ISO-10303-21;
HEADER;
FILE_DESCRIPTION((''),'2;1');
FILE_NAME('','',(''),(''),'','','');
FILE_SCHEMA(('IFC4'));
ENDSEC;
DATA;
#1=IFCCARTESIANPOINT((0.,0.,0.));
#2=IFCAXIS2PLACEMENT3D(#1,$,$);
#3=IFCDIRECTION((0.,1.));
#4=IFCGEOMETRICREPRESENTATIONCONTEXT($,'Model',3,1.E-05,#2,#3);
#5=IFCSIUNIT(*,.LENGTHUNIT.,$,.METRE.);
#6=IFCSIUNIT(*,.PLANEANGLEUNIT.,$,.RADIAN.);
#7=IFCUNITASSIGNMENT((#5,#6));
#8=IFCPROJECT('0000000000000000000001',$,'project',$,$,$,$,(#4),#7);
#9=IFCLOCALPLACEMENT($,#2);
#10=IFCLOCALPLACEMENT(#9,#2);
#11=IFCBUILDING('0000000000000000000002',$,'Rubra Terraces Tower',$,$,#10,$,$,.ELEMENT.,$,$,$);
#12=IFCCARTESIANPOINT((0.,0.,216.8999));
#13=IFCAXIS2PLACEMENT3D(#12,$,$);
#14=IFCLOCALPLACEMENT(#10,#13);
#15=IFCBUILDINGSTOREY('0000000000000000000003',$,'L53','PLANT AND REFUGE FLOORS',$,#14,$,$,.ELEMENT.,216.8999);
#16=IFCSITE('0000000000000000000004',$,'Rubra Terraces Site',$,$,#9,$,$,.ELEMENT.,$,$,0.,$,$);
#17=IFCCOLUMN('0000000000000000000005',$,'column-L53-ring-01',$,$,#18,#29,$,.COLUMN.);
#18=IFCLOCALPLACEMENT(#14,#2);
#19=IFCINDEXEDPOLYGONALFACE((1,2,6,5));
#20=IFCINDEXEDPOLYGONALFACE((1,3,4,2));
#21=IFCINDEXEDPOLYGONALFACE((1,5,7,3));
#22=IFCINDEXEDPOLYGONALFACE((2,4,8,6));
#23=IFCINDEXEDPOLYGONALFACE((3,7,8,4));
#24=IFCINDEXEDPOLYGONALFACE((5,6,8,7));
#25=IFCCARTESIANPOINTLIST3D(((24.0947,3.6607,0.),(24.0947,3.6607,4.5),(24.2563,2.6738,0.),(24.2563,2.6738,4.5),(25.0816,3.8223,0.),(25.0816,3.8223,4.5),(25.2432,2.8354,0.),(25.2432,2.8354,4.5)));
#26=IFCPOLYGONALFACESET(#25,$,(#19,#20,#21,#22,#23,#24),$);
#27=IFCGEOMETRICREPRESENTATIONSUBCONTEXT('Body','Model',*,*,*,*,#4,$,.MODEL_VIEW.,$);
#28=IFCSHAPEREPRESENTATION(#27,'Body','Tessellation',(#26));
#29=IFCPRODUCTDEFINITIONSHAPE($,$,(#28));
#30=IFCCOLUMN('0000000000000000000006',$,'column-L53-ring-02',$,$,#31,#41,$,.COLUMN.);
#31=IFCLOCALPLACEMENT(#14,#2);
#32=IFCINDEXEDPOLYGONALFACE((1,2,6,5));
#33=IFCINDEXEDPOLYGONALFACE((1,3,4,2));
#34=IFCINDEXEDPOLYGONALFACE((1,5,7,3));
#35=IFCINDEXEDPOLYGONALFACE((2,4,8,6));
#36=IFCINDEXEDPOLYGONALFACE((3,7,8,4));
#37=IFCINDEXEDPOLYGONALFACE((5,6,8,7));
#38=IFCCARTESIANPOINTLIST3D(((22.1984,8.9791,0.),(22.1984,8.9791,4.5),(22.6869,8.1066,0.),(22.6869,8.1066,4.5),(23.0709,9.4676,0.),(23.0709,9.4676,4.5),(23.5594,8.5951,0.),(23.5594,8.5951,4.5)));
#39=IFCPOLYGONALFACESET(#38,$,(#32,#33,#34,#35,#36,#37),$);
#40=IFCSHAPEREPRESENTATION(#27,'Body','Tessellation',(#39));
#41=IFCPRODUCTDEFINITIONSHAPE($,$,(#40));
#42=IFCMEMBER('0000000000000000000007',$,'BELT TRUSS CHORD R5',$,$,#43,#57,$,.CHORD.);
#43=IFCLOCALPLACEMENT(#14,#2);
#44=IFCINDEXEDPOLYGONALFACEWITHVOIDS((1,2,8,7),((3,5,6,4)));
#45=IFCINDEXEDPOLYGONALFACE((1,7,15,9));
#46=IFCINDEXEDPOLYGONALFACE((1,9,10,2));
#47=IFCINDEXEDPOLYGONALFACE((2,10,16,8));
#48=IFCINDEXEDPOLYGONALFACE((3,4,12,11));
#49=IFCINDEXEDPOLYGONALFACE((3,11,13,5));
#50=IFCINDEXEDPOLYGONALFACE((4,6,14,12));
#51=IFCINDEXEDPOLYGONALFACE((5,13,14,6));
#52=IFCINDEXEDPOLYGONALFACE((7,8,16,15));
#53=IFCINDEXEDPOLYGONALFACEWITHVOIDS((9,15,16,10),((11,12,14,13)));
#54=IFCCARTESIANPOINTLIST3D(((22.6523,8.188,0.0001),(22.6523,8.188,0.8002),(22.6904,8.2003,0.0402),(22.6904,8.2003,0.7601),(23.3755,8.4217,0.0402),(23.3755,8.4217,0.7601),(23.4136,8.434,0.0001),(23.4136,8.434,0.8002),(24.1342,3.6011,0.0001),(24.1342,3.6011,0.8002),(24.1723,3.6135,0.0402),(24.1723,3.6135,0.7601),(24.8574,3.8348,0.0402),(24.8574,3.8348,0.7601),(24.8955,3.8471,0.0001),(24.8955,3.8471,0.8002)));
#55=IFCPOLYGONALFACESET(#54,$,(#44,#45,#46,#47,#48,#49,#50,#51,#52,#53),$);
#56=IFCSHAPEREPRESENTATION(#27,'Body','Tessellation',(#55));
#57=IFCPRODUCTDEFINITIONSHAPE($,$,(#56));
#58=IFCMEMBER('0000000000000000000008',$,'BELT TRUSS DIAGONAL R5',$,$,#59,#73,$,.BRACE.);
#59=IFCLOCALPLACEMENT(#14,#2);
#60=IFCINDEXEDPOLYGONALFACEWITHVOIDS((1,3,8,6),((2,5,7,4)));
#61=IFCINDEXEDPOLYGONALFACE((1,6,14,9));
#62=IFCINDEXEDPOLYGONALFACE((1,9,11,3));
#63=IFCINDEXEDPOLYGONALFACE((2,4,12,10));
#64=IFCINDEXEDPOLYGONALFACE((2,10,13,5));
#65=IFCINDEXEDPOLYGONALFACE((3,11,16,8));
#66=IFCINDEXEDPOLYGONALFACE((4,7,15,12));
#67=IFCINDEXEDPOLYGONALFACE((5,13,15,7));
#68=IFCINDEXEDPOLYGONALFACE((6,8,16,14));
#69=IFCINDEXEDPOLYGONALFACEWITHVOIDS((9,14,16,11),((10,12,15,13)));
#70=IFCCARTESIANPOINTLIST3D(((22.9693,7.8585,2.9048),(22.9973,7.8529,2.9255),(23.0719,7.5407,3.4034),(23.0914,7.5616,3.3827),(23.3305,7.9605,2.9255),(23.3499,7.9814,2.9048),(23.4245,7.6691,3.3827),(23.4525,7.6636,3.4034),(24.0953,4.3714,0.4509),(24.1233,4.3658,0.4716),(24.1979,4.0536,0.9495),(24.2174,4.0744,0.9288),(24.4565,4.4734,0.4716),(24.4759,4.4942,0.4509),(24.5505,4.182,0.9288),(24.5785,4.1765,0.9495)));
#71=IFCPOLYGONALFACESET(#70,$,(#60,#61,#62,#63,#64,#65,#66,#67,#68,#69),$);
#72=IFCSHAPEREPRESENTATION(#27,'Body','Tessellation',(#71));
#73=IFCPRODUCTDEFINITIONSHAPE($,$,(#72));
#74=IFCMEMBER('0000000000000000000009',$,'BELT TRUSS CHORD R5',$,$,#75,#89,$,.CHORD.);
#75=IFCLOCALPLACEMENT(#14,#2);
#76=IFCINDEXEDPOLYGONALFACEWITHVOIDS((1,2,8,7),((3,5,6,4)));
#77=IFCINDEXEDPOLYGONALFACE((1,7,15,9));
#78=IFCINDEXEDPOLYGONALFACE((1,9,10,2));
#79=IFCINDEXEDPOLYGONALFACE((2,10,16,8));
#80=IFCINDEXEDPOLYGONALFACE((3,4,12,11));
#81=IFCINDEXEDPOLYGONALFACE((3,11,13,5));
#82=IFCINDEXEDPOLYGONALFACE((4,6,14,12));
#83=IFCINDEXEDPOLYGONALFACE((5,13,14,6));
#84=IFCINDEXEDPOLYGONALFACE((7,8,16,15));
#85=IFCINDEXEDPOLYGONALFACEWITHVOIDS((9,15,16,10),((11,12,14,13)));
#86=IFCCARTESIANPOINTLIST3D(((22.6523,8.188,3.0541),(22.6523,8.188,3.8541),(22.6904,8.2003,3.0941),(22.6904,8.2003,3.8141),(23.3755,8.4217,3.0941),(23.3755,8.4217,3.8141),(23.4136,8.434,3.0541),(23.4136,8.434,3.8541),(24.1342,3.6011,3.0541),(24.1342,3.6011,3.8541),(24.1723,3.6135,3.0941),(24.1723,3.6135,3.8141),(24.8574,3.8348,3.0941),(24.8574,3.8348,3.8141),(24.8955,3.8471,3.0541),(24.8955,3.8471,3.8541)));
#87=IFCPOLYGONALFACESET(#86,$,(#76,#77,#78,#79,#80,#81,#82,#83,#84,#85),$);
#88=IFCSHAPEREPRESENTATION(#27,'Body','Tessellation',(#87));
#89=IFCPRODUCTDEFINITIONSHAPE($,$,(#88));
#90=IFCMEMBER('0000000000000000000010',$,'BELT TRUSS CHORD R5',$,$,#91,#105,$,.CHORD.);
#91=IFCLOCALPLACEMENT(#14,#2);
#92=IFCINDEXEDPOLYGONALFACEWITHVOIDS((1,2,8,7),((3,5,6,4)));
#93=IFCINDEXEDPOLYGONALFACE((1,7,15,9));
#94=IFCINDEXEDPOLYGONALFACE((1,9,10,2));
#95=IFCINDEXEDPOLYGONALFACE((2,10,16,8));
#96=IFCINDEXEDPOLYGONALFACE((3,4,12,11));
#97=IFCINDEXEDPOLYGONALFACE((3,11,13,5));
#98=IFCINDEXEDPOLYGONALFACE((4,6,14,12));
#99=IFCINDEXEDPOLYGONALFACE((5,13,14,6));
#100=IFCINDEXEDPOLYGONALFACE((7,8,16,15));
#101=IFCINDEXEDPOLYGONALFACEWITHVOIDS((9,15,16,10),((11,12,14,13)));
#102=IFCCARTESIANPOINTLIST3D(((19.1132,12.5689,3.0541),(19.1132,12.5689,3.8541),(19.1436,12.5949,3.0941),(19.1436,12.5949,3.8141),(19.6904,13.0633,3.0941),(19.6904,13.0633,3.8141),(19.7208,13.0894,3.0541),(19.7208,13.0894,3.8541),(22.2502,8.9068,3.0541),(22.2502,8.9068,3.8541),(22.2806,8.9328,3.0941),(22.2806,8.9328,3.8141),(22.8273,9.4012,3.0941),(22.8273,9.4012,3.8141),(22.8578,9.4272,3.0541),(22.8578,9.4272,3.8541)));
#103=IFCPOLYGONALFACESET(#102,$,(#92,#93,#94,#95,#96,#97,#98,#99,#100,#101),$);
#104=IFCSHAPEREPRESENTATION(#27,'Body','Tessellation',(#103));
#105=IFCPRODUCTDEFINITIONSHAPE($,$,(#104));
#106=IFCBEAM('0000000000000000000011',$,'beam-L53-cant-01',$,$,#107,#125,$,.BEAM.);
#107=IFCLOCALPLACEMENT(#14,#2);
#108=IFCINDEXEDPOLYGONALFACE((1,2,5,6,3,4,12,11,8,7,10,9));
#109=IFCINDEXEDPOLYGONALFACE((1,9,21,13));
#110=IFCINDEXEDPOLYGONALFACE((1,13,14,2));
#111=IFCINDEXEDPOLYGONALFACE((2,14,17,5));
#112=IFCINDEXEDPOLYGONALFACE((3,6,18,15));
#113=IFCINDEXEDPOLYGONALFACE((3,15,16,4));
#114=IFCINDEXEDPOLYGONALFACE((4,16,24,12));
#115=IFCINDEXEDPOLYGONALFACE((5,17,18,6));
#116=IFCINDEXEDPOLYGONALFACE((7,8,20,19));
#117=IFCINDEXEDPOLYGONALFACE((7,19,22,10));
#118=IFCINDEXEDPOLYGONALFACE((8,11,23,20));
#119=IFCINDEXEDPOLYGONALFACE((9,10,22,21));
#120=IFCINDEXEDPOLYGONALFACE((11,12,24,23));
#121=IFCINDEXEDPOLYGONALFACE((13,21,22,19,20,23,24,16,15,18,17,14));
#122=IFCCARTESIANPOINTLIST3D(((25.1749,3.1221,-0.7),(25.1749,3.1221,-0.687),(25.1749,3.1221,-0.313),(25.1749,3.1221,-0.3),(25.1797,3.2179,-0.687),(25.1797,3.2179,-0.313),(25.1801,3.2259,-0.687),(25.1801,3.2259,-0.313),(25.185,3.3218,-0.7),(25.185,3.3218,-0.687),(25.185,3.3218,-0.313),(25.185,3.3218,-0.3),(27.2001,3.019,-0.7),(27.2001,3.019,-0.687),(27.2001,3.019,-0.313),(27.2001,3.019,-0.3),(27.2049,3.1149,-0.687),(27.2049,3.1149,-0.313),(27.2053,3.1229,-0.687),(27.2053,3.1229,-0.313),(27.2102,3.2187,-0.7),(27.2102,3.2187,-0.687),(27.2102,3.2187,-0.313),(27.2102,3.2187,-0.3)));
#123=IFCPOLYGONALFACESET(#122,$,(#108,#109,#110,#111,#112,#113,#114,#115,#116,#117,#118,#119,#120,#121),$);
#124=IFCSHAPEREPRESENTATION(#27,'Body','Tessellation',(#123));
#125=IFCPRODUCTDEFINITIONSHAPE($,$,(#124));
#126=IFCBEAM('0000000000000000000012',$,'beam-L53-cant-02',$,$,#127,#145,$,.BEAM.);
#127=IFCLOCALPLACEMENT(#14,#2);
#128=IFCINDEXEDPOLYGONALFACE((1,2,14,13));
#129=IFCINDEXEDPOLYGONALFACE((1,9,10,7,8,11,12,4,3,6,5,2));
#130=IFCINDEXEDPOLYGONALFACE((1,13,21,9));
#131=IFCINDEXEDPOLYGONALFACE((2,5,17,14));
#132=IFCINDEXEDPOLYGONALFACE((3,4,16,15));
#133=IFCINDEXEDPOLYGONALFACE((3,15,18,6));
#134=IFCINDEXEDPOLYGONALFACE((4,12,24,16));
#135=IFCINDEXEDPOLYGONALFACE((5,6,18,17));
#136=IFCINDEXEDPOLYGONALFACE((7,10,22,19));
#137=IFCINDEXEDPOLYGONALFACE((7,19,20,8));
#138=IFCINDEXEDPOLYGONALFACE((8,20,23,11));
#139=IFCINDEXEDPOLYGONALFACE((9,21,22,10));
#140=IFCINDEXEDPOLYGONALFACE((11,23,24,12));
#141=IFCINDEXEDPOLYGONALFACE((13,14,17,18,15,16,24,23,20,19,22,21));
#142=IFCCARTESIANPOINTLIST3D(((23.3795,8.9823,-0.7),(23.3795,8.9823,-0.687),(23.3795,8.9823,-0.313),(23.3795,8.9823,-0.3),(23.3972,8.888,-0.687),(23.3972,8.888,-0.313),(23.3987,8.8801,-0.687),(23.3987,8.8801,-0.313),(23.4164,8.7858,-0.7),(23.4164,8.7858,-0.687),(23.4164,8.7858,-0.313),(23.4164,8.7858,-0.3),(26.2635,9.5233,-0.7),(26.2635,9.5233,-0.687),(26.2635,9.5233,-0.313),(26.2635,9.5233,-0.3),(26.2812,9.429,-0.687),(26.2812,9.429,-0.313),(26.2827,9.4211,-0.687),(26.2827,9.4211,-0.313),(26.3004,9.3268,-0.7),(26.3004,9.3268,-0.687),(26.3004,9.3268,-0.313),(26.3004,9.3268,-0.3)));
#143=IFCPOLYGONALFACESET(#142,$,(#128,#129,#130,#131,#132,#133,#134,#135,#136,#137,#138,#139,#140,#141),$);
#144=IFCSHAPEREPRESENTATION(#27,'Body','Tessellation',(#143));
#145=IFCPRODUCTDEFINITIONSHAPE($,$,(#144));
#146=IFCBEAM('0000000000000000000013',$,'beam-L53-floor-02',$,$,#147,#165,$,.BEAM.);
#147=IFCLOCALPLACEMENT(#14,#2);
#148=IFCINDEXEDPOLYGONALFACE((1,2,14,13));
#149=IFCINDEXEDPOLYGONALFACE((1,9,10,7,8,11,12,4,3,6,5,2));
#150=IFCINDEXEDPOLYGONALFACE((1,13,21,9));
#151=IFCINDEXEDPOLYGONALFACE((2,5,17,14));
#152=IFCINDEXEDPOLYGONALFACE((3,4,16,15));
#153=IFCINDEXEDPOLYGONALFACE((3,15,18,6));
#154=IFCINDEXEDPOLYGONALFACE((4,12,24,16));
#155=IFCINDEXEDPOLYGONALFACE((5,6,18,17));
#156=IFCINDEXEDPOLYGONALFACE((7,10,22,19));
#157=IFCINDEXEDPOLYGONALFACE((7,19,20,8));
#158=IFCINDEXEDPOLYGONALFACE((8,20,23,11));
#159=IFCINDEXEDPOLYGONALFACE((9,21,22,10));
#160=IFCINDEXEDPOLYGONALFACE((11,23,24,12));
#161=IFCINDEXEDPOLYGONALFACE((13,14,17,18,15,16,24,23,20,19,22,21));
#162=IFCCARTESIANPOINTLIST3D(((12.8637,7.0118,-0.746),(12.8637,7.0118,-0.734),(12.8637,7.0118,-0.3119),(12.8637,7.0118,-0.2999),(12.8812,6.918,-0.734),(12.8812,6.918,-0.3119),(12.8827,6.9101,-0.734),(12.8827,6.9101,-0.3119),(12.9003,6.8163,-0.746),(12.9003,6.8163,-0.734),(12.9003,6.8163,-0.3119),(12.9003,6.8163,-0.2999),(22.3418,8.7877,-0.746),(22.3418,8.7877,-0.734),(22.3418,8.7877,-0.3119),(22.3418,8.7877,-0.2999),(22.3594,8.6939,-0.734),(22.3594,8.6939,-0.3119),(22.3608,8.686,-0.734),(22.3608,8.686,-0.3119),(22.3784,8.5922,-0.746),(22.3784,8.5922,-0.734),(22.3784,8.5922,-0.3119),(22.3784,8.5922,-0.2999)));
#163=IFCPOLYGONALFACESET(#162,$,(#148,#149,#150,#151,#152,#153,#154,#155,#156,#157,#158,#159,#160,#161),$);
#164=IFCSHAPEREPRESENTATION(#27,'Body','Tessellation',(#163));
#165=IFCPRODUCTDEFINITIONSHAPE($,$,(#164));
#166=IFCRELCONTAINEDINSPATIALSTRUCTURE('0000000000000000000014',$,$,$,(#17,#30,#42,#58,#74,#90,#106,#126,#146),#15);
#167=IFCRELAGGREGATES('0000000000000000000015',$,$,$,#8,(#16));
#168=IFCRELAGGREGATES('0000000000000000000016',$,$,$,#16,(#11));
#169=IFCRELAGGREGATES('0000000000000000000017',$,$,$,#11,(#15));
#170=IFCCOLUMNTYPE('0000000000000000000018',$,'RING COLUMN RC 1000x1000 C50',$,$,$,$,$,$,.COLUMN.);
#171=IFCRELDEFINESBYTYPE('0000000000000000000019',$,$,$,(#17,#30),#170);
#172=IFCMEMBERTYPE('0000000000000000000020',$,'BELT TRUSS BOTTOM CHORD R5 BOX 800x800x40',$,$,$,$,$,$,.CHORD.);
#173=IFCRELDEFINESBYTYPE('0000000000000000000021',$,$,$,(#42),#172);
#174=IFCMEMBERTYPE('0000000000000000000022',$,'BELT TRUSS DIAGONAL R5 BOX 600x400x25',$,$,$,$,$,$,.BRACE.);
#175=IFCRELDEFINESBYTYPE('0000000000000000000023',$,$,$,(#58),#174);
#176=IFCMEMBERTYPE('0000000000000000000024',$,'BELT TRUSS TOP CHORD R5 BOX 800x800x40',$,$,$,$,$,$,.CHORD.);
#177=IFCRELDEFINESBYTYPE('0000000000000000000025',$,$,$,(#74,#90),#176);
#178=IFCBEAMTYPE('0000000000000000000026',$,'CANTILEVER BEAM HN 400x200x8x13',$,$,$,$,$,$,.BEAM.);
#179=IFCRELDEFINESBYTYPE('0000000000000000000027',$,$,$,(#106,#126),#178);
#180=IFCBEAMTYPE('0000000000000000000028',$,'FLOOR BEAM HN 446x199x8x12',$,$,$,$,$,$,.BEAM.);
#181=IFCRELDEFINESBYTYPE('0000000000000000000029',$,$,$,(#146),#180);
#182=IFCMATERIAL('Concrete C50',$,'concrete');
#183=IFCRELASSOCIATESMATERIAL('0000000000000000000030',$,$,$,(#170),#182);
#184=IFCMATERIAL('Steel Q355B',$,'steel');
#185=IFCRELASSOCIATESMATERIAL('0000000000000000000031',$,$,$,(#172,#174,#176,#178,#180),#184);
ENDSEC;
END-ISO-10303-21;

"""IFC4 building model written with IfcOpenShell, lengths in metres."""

from ifc_helpers import new_model, si_unit, direction, frame, origin, origin_2d, place, context, subcontext, project, spatial, rectangle, hollow_rectangle, i_section, extrude, material, material_profile, profile_set, type_object, element, save


model = new_model("IFC4")

# Units and contexts
model_context = context("Model", 3, precision=1e-05, world=origin(), true_north=direction((0.0, 1.0)))
body_context = subcontext(model_context, "Body", "Model", "MODEL_VIEW")
ifc_project = project(units=[si_unit("LENGTHUNIT", "METRE"), si_unit("PLANEANGLEUNIT", "RADIAN")], contexts=[model_context])

# Site, building, storey
site_placement = place(None, origin())
site = spatial("IfcSite", under=ifc_project, at=site_placement, Name="Rubra Terraces Site", CompositionType="ELEMENT", RefElevation=0.0)
building_placement = place(site_placement, origin())
building = spatial("IfcBuilding", under=site, at=building_placement, Name="Rubra Terraces Tower", CompositionType="ELEMENT")
storey_placement = place(building_placement, frame((0.0, 0.0, 216.8999)))
storey = spatial("IfcBuildingStorey", under=building, at=storey_placement, Name="L53", Description="PLANT AND REFUGE FLOORS", CompositionType="ELEMENT", Elevation=216.8999)

# Columns
ifc_material_1 = material(Name="Concrete C50", Category="concrete")
ifc_material_profile_1 = material_profile(ifc_material_1, rectangle(XDim=1.0, YDim=1.0, at=origin_2d()), Name="RC 1000x1000")
ifc_profile_set_1 = profile_set([ifc_material_profile_1], Name="Concrete C50")
column_type = type_object("IfcColumnType", Name="RING COLUMN RC 1000x1000 C50", PredefinedType="COLUMN", material=ifc_profile_set_1)
for number, where, z_axis, x_axis, name in (
    (1, (24.6689, 3.248, 0.0), (0.0, 0.0, 1.0), (-0.161559, 0.986863, 0.0), "column-L53-ring-01"),
    (2, (22.8789, 8.7871, 0.0), (0.0, 0.0, 1.0), (-0.488526, 0.872549, 0.0), "column-L53-ring-02"),
):
    element("IfcColumn", number, at=place(storey_placement, frame(where, z_axis=z_axis, x_axis=x_axis)), inside=storey, type_object=column_type, Name=name, PredefinedType="COLUMN", context=body_context, shape_type="SweptSolid", body=[
        extrude(rectangle(XDim=1.0, YDim=1.0, at=origin_2d()), origin(), (0.0, 0.0, 1.0), 4.5),
    ])

# Members
ifc_material_2 = material(Name="Steel Q355B", Category="steel")
ifc_material_profile_2 = material_profile(ifc_material_2, hollow_rectangle(XDim=0.8, YDim=0.8, WallThickness=0.04, at=origin_2d()), Name="BOX 800x800x40")
ifc_profile_set_2 = profile_set([ifc_material_profile_2], Name="Steel Q355B")
member_type_1 = type_object("IfcMemberType", Name="BELT TRUSS BOTTOM CHORD R5 BOX 800x800x40", PredefinedType="CHORD", material=ifc_profile_set_2)
member_1_placement = place(storey_placement, frame((24.5149, 3.7241, 0.4001), z_axis=(-0.307432, 0.95157, 0.0), x_axis=(-0.95157, -0.307432, 0.0)))
element("IfcMember", 3, at=member_1_placement, inside=storey, type_object=member_type_1, Name="BELT TRUSS CHORD R5", PredefinedType="CHORD", context=body_context, shape_type="SweptSolid", body=[
    extrude(hollow_rectangle(XDim=0.8, YDim=0.8, WallThickness=0.04, at=origin_2d()), origin(), (0.0, 0.0, 1.0), 4.8203),
])
ifc_material_profile_3 = material_profile(ifc_material_2, hollow_rectangle(XDim=0.3999, YDim=0.6001, WallThickness=0.0249, at=origin_2d()), Name="BOX 600x400x25")
ifc_profile_set_3 = profile_set([ifc_material_profile_3], Name="Steel Q355B")
member_type_2 = type_object("IfcMemberType", Name="BELT TRUSS DIAGONAL R5 BOX 600x400x25", PredefinedType="BRACE", material=ifc_profile_set_3)
member_2_placement = place(storey_placement, frame((24.3369, 4.2739, 0.7002), z_axis=(-0.255319, 0.790702, 0.55642), x_axis=(-0.951619, -0.307279, 0.0)))
element("IfcMember", 4, at=member_2_placement, inside=storey, type_object=member_type_2, Name="BELT TRUSS DIAGONAL R5", PredefinedType="BRACE", context=body_context, shape_type="SweptSolid", body=[
    extrude(hollow_rectangle(XDim=0.3999, YDim=0.6001, WallThickness=0.0249, at=origin_2d()), origin(), (0.0, 0.0, 1.0), 4.4102),
])
ifc_material_profile_4 = material_profile(ifc_material_2, hollow_rectangle(XDim=0.8, YDim=0.8, WallThickness=0.04, at=origin_2d()), Name="BOX 800x800x40")
ifc_profile_set_4 = profile_set([ifc_material_profile_4], Name="Steel Q355B")
member_type_3 = type_object("IfcMemberType", Name="BELT TRUSS TOP CHORD R5 BOX 800x800x40", PredefinedType="CHORD", material=ifc_profile_set_4)
member_3_placement = place(storey_placement, frame((24.5149, 3.7241, 3.4541), z_axis=(-0.307432, 0.95157, 0.0), x_axis=(-0.95157, -0.307432, 0.0)))
element("IfcMember", 5, at=member_3_placement, inside=storey, type_object=member_type_3, Name="BELT TRUSS CHORD R5", PredefinedType="CHORD", context=body_context, shape_type="SweptSolid", body=[
    extrude(hollow_rectangle(XDim=0.8, YDim=0.8, WallThickness=0.04, at=origin_2d()), origin(), (0.0, 0.0, 1.0), 4.8203),
])
member_4_placement = place(storey_placement, frame((22.554, 9.167, 3.4541), z_axis=(-0.650554, 0.75946, 0.0), x_axis=(-0.75946, -0.650554, 0.0)))
element("IfcMember", 6, at=member_4_placement, inside=storey, type_object=member_type_3, Name="BELT TRUSS CHORD R5", PredefinedType="CHORD", context=body_context, shape_type="SweptSolid", body=[
    extrude(hollow_rectangle(XDim=0.8, YDim=0.8, WallThickness=0.04, at=origin_2d()), origin(), (0.0, 0.0, 1.0), 4.822),
])

# Beams
ifc_material_profile_5 = material_profile(ifc_material_2, i_section(OverallWidth=0.2, OverallDepth=0.3999, WebThickness=0.0081, FlangeThickness=0.0129, at=origin_2d()), Name="HN 400x200x8x13")
ifc_profile_set_5 = profile_set([ifc_material_profile_5], Name="Steel Q355B")
beam_type_1 = type_object("IfcBeamType", Name="CANTILEVER BEAM HN 400x200x8x13", PredefinedType="BEAM", material=ifc_profile_set_5)
beam_1_placement = place(storey_placement, frame((25.1799, 3.2219, -0.5), z_axis=(0.998708, -0.050808, 0.0), x_axis=(0.050808, 0.998708, 0.0)))
element("IfcBeam", 7, at=beam_1_placement, inside=storey, type_object=beam_type_1, Name="beam-L53-cant-01", PredefinedType="BEAM", context=body_context, shape_type="SweptSolid", body=[
    extrude(i_section(OverallWidth=0.2, OverallDepth=0.3999, WebThickness=0.0081, FlangeThickness=0.0129, at=origin_2d()), origin(), (0.0, 0.0, 1.0), 2.0278),
])
beam_2_placement = place(storey_placement, frame((23.3979, 8.884, -0.5), z_axis=(0.982856, 0.184374, 0.0), x_axis=(-0.184374, 0.982856, 0.0)))
element("IfcBeam", 8, at=beam_2_placement, inside=storey, type_object=beam_type_1, Name="beam-L53-cant-02", PredefinedType="BEAM", context=body_context, shape_type="SweptSolid", body=[
    extrude(i_section(OverallWidth=0.2, OverallDepth=0.3999, WebThickness=0.0081, FlangeThickness=0.0129, at=origin_2d()), origin(), (0.0, 0.0, 1.0), 2.9343),
])
ifc_material_profile_6 = material_profile(ifc_material_2, i_section(OverallWidth=0.199, OverallDepth=0.446, WebThickness=0.0081, FlangeThickness=0.012, at=origin_2d()), Name="HN 446x199x8x12")
ifc_profile_set_6 = profile_set([ifc_material_profile_6], Name="Steel Q355B")
beam_type_2 = type_object("IfcBeamType", Name="FLOOR BEAM HN 446x199x8x12", PredefinedType="BEAM", material=ifc_profile_set_6)
beam_3_placement = place(storey_placement, frame((22.3601, 8.6899, -0.5229), z_axis=(-0.982896, -0.184163, 0.0), x_axis=(0.184163, -0.982896, 0.0)))
element("IfcBeam", 9, at=beam_3_placement, inside=storey, type_object=beam_type_2, Name="beam-L53-floor-02", PredefinedType="BEAM", context=body_context, shape_type="SweptSolid", body=[
    extrude(i_section(OverallWidth=0.199, OverallDepth=0.446, WebThickness=0.0081, FlangeThickness=0.012, at=origin_2d()), origin(), (0.0, 0.0, 1.0), 9.6431),
])

save(model, "model.ifc")
